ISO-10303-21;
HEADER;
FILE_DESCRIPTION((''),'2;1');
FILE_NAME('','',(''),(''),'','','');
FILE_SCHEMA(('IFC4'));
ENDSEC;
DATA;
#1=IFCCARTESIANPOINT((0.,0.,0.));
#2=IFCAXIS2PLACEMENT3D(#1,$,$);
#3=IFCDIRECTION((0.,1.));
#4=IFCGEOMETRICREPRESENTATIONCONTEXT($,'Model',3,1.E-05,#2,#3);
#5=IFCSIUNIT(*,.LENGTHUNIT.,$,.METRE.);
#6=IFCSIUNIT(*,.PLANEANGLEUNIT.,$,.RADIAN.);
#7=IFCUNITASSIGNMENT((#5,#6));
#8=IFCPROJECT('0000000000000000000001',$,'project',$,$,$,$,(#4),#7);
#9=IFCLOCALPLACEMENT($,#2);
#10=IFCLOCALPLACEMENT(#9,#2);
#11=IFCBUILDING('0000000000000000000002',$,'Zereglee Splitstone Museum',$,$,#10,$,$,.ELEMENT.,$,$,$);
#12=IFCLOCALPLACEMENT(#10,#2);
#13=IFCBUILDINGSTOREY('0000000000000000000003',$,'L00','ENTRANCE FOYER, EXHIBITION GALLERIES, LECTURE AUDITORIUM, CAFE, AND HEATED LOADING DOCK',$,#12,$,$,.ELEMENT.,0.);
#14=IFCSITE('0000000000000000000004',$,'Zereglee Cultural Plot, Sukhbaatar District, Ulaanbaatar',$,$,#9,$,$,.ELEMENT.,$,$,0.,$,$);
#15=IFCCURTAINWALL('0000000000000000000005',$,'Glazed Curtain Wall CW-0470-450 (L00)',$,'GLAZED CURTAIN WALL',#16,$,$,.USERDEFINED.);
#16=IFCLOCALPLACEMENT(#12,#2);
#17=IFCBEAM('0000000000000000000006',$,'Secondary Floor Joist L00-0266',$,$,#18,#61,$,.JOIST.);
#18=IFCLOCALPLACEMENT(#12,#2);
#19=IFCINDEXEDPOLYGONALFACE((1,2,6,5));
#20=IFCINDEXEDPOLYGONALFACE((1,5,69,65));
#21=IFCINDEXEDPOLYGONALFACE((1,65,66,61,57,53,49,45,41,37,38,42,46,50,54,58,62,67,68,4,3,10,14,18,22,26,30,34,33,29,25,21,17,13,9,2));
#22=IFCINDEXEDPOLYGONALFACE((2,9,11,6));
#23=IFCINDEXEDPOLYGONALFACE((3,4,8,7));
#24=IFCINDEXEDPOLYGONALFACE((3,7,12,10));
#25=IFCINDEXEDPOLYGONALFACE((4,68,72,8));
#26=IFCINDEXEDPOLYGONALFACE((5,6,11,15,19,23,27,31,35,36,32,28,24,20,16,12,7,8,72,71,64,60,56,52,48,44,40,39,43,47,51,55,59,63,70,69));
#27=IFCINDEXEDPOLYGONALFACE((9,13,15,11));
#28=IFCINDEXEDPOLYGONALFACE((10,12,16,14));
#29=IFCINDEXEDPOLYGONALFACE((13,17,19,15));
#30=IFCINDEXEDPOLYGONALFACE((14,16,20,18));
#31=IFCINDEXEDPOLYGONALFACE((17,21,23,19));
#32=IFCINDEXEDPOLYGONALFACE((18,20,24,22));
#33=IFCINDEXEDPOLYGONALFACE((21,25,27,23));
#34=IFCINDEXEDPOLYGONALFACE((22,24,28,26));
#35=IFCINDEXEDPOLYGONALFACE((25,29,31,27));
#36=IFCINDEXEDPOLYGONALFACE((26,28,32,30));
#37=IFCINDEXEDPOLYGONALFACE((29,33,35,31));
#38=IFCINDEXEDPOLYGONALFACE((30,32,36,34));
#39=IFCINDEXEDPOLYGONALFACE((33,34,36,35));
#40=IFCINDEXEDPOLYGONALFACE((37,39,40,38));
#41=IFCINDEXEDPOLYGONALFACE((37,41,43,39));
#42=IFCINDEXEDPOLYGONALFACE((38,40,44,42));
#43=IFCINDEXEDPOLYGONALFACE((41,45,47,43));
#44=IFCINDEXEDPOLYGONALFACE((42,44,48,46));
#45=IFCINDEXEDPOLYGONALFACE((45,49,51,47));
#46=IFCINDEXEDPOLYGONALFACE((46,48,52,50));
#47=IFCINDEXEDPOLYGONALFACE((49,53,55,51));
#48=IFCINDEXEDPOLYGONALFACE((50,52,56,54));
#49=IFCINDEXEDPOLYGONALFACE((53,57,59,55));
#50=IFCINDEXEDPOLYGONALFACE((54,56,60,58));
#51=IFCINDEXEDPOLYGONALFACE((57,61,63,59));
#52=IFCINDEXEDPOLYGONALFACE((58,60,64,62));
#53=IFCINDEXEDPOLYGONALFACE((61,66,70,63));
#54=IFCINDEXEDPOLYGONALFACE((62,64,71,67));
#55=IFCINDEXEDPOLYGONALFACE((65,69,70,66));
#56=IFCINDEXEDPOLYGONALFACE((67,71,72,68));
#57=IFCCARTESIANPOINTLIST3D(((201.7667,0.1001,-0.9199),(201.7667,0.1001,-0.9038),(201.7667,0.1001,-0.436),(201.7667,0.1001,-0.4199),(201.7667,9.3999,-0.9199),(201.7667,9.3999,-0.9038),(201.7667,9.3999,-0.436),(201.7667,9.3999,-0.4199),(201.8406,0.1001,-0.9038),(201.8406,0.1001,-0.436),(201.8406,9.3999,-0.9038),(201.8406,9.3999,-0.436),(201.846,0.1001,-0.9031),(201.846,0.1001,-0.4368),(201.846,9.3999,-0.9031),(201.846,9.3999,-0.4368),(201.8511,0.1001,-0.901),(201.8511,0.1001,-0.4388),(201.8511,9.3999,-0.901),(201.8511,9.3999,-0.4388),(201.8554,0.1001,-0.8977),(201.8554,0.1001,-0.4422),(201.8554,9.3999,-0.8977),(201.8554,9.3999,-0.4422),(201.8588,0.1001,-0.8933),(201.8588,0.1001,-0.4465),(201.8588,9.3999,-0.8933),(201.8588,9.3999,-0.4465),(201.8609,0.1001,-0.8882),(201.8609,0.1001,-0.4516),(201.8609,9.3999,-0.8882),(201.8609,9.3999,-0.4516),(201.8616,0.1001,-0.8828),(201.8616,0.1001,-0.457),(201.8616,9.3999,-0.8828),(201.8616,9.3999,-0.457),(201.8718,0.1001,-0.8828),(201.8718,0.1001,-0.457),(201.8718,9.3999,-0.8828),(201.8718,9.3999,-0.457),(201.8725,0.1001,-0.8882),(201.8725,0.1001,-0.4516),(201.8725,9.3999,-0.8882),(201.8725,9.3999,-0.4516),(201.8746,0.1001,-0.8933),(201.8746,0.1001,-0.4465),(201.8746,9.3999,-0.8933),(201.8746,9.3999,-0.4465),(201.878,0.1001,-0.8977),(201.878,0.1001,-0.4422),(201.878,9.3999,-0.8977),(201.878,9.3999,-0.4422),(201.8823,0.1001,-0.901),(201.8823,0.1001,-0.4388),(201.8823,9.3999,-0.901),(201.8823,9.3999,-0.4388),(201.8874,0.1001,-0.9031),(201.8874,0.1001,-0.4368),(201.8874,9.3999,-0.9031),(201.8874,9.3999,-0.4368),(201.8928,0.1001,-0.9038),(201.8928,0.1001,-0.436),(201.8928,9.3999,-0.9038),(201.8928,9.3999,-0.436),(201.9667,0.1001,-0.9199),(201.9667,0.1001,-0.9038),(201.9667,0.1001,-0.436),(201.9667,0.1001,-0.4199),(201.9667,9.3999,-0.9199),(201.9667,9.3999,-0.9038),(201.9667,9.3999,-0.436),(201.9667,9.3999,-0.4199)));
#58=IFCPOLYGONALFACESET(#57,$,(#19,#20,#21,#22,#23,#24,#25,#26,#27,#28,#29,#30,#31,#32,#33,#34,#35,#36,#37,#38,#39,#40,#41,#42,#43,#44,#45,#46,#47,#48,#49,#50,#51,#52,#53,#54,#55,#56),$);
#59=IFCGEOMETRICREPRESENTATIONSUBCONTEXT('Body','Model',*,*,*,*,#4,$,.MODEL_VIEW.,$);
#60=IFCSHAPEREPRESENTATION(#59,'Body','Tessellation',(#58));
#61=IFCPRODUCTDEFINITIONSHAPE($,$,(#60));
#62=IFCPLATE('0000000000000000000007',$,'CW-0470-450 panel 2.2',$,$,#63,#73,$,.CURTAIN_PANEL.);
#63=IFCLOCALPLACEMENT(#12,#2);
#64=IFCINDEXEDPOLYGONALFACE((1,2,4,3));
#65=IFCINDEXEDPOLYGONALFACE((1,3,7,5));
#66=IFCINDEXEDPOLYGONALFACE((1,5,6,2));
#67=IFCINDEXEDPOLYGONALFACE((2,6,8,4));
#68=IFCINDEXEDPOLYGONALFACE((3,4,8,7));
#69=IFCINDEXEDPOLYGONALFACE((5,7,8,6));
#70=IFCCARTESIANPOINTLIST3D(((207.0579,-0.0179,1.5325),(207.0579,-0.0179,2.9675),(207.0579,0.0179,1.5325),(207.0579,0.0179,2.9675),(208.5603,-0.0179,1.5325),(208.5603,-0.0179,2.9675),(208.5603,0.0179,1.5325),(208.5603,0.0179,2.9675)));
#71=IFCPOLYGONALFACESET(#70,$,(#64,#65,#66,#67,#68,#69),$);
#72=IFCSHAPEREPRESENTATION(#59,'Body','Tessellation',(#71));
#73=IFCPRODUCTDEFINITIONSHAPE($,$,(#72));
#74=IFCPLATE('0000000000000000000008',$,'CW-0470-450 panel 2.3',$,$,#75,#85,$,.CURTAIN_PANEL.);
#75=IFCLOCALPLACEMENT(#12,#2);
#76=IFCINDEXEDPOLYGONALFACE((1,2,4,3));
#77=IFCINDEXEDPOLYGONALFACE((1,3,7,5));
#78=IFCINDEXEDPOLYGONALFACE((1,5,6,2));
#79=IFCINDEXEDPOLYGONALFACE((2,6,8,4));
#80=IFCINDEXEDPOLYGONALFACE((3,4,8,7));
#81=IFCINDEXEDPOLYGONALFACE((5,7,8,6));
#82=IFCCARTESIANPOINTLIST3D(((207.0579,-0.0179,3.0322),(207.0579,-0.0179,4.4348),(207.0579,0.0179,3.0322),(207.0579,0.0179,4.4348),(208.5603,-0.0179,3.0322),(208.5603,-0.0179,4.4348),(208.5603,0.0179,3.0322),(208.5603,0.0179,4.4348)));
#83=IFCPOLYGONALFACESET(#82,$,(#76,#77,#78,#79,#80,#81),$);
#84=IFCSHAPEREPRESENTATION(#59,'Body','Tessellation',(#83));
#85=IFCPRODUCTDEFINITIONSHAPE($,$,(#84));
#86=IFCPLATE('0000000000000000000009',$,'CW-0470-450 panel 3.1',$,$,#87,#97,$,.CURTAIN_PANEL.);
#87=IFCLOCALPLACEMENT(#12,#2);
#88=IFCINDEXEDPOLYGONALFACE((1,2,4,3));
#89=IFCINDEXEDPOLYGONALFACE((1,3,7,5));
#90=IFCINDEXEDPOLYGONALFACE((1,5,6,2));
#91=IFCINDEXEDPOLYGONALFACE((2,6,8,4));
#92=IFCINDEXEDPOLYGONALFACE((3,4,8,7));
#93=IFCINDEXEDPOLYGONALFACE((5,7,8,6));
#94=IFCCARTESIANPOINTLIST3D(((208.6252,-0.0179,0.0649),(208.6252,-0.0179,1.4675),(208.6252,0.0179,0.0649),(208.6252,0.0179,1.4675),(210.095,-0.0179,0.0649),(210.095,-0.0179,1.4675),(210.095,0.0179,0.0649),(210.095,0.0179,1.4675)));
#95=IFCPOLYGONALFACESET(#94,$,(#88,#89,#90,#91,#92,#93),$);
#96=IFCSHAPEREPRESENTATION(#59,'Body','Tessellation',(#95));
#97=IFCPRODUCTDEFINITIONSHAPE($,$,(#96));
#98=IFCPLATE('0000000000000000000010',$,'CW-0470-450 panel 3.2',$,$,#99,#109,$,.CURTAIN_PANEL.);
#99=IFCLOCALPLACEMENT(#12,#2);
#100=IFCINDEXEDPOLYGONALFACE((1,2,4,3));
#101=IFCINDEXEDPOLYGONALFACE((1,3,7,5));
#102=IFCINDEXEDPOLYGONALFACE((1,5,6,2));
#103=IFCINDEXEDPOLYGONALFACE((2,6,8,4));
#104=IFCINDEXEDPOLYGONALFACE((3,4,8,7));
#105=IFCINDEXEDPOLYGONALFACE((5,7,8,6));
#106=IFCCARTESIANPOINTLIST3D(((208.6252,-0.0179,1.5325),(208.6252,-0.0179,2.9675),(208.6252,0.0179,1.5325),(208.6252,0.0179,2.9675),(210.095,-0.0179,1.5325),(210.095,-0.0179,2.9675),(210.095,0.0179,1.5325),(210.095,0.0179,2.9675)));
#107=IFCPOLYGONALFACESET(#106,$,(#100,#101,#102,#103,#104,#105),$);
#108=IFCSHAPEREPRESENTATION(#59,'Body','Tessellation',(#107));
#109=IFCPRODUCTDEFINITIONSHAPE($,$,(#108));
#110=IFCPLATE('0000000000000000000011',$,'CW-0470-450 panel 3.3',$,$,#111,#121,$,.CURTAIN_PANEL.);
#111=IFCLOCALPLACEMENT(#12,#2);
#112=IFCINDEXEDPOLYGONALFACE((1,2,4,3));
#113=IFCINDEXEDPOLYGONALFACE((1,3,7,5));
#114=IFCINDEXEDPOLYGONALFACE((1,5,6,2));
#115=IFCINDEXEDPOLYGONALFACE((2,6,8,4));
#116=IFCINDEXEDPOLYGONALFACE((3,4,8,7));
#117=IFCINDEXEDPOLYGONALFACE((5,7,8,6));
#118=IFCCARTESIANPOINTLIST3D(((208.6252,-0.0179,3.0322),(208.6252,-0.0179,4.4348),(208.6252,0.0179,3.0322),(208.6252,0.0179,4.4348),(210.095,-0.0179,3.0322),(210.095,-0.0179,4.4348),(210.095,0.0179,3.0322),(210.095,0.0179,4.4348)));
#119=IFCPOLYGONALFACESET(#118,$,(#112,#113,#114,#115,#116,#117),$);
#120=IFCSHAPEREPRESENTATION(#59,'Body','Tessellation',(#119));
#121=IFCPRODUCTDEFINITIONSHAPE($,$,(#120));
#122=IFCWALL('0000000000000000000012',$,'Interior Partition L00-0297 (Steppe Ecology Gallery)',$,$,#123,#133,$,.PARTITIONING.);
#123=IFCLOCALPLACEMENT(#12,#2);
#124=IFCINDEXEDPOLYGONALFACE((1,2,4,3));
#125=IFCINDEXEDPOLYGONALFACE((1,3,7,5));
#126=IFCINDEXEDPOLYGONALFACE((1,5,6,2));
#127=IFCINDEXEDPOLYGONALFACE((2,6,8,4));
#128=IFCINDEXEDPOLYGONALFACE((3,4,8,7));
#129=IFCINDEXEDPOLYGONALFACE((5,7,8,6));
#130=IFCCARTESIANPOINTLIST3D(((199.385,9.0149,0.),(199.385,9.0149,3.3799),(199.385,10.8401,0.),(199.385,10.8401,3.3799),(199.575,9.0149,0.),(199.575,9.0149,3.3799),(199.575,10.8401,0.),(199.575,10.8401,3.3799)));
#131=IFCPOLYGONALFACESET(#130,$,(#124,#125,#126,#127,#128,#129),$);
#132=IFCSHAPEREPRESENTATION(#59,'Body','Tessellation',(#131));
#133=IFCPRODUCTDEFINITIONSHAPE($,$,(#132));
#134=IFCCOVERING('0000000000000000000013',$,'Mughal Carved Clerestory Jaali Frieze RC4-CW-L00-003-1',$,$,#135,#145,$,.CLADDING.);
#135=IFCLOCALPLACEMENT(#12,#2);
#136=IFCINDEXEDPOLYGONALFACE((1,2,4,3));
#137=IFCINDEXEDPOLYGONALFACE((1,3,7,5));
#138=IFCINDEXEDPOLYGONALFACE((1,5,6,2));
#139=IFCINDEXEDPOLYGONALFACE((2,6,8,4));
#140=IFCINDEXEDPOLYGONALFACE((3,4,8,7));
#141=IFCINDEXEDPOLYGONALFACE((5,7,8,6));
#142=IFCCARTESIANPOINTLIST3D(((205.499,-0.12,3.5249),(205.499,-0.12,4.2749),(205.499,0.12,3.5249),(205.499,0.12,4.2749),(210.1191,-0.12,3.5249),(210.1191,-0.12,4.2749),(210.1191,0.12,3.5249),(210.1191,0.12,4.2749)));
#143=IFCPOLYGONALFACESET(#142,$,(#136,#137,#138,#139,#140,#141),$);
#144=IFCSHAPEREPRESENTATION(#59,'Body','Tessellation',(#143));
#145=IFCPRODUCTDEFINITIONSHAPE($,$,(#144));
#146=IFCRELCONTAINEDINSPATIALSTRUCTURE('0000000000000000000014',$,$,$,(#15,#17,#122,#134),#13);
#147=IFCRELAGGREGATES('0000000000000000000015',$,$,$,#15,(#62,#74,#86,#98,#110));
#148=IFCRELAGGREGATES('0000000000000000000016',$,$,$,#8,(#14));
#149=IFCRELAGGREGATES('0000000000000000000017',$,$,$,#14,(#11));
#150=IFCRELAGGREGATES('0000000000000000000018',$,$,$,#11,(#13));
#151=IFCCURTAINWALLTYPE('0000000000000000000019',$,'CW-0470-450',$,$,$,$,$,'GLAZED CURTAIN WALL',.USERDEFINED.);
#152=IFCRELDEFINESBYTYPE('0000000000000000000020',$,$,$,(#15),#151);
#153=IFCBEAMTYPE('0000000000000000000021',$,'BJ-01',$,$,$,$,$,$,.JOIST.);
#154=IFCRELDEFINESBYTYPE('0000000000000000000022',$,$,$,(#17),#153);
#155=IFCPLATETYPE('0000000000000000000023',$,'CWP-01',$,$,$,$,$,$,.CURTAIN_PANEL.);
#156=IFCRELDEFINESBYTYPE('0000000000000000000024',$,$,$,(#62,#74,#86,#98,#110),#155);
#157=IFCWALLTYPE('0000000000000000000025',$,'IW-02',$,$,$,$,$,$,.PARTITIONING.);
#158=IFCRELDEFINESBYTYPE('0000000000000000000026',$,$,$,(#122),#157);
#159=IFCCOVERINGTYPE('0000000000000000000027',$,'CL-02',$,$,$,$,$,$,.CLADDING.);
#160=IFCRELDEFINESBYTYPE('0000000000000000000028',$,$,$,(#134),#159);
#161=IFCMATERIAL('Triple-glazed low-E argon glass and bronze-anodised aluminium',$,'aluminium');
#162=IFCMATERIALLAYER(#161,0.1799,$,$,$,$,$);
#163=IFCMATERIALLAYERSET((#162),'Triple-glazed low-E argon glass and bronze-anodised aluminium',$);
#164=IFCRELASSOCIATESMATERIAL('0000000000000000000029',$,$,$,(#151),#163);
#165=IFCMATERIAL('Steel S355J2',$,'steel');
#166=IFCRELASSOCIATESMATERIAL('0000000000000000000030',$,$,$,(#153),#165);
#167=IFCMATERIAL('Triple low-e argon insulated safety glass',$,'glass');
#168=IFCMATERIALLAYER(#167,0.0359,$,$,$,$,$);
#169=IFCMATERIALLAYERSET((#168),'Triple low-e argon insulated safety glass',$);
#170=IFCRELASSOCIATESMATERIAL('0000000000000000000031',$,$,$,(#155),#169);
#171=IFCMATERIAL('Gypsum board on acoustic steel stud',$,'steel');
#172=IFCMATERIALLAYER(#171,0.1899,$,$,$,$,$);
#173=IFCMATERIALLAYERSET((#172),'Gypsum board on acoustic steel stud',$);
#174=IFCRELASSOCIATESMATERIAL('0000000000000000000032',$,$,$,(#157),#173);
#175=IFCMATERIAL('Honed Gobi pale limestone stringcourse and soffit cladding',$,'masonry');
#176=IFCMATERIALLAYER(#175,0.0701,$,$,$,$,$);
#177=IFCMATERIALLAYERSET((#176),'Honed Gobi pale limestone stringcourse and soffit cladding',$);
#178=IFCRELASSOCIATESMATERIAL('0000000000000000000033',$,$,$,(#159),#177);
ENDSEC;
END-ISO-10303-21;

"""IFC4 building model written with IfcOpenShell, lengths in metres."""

from ifc_helpers import new_model, si_unit, direction, frame, frame_2d, origin, origin_2d, place, context, subcontext, project, spatial, rectangle, i_section, extrude, material, layer, layer_set, material_profile, profile_set, type_object, element, aggregate, save


model = new_model("IFC4")

# Units and contexts
model_context = context("Model", 3, precision=1e-05, world=origin(), true_north=direction((0.0, 1.0)))
body_context = subcontext(model_context, "Body", "Model", "MODEL_VIEW")
ifc_project = project(units=[si_unit("LENGTHUNIT", "METRE"), si_unit("PLANEANGLEUNIT", "RADIAN")], contexts=[model_context])

# Site, building, storey
site_placement = place(None, origin())
site = spatial("IfcSite", under=ifc_project, at=site_placement, Name="Zereglee Cultural Plot, Sukhbaatar District, Ulaanbaatar", CompositionType="ELEMENT", RefElevation=0.0)
building_placement = place(site_placement, origin())
building = spatial("IfcBuilding", under=site, at=building_placement, Name="Zereglee Splitstone Museum", CompositionType="ELEMENT")
storey_placement = place(building_placement, origin())
storey = spatial("IfcBuildingStorey", under=building, at=storey_placement, Name="L00", Description="ENTRANCE FOYER, EXHIBITION GALLERIES, LECTURE AUDITORIUM, CAFE, AND HEATED LOADING DOCK", CompositionType="ELEMENT", Elevation=0.0)

# Curtain wall
ifc_material_1 = material(Name="Triple-glazed low-E argon glass and bronze-anodised aluminium", Category="aluminium")
ifc_layer_1 = layer(ifc_material_1, 0.1799)
ifc_layer_set_1 = layer_set([ifc_layer_1], Name="Triple-glazed low-E argon glass and bronze-anodised aluminium")
curtain_wall_type_1 = type_object("IfcCurtainWallType", Name="CW-0470-450", ElementType="GLAZED CURTAIN WALL", PredefinedType="USERDEFINED", material=ifc_layer_set_1)
curtain_wall_1_placement = place(storey_placement, origin())
curtain_wall_1 = element("IfcCurtainWall", 1, at=curtain_wall_1_placement, inside=storey, type_object=curtain_wall_type_1, Name="Glazed Curtain Wall CW-0470-450 (L00)", ObjectType="GLAZED CURTAIN WALL", PredefinedType="USERDEFINED")

# Beam
ifc_material_2 = material(Name="Steel S355J2", Category="steel")
ifc_material_profile_1 = material_profile(ifc_material_2, i_section(OverallWidth=0.2, OverallDepth=0.5, WebThickness=0.0103, FlangeThickness=0.0161, FilletRadius=0.021, at=origin_2d()), Name="IPE 500")
ifc_profile_set_1 = profile_set([ifc_material_profile_1], Name="Steel S355J2")
beam_type_1 = type_object("IfcBeamType", Name="BJ-01", PredefinedType="JOIST", material=ifc_profile_set_1)
beam_1_placement = place(storey_placement, frame((201.8667, 0.1001, -0.6699), z_axis=(0.0, 1.0, 0.0), x_axis=(-1.0, 0.0, 0.0)))
element("IfcBeam", 2, at=beam_1_placement, inside=storey, type_object=beam_type_1, Name="Secondary Floor Joist L00-0266", PredefinedType="JOIST", context=body_context, shape_type="SweptSolid", body=[
    extrude(i_section(OverallWidth=0.2, OverallDepth=0.5, WebThickness=0.0103, FlangeThickness=0.0161, FilletRadius=0.021, at=origin_2d()), origin(), (0.0, 0.0, 1.0), 9.2998),
])

# Plates
ifc_material_3 = material(Name="Triple low-e argon insulated safety glass", Category="glass")
ifc_layer_2 = layer(ifc_material_3, 0.0359)
ifc_layer_set_2 = layer_set([ifc_layer_2], Name="Triple low-e argon insulated safety glass")
plate_type = type_object("IfcPlateType", Name="CWP-01", PredefinedType="CURTAIN_PANEL", material=ifc_layer_set_2)
plate_1_placement = place(storey_placement, frame((207.8091, 0.0, 1.5325), z_axis=(0.0, 0.0, 1.0), x_axis=(1.0, 0.0, 0.0)))
plate_1 = element("IfcPlate", 3, at=plate_1_placement, type_object=plate_type, Name="CW-0470-450 panel 2.2", PredefinedType="CURTAIN_PANEL", context=body_context, shape_type="SweptSolid", body=[
    extrude(rectangle(XDim=1.5024, YDim=0.0359, at=origin_2d()), origin(), (0.0, 0.0, 1.0), 1.4351),
])
plate_2_placement = place(storey_placement, frame((207.8091, 0.0, 3.0322), z_axis=(0.0, 0.0, 1.0), x_axis=(1.0, 0.0, 0.0)))
plate_2 = element("IfcPlate", 4, at=plate_2_placement, type_object=plate_type, Name="CW-0470-450 panel 2.3", PredefinedType="CURTAIN_PANEL", context=body_context, shape_type="SweptSolid", body=[
    extrude(rectangle(XDim=1.5024, YDim=0.0359, at=origin_2d()), origin(), (0.0, 0.0, 1.0), 1.4026),
])
plate_3_placement = place(storey_placement, frame((209.3601, 0.0, 0.0649), z_axis=(0.0, 0.0, 1.0), x_axis=(1.0, 0.0, 0.0)))
plate_3 = element("IfcPlate", 5, at=plate_3_placement, type_object=plate_type, Name="CW-0470-450 panel 3.1", PredefinedType="CURTAIN_PANEL", context=body_context, shape_type="SweptSolid", body=[
    extrude(rectangle(XDim=1.4697, YDim=0.0359, at=origin_2d()), origin(), (0.0, 0.0, 1.0), 1.4026),
])
plate_4_placement = place(storey_placement, frame((209.3601, 0.0, 1.5325), z_axis=(0.0, 0.0, 1.0), x_axis=(1.0, 0.0, 0.0)))
plate_4 = element("IfcPlate", 6, at=plate_4_placement, type_object=plate_type, Name="CW-0470-450 panel 3.2", PredefinedType="CURTAIN_PANEL", context=body_context, shape_type="SweptSolid", body=[
    extrude(rectangle(XDim=1.4697, YDim=0.0359, at=origin_2d()), origin(), (0.0, 0.0, 1.0), 1.4351),
])
plate_5_placement = place(storey_placement, frame((209.3601, 0.0, 3.0322), z_axis=(0.0, 0.0, 1.0), x_axis=(1.0, 0.0, 0.0)))
plate_5 = element("IfcPlate", 7, at=plate_5_placement, type_object=plate_type, Name="CW-0470-450 panel 3.3", PredefinedType="CURTAIN_PANEL", context=body_context, shape_type="SweptSolid", body=[
    extrude(rectangle(XDim=1.4697, YDim=0.0359, at=origin_2d()), origin(), (0.0, 0.0, 1.0), 1.4026),
])
aggregate(curtain_wall_1, [plate_1, plate_2, plate_3, plate_4, plate_5])

# Wall
ifc_material_4 = material(Name="Gypsum board on acoustic steel stud", Category="steel")
ifc_layer_3 = layer(ifc_material_4, 0.1899)
ifc_layer_set_3 = layer_set([ifc_layer_3], Name="Gypsum board on acoustic steel stud")
wall_type = type_object("IfcWallType", Name="IW-02", PredefinedType="PARTITIONING", material=ifc_layer_set_3)
wall_placement = place(storey_placement, frame((199.48, 9.0149, 0.0), z_axis=(0.0, 0.0, 1.0), x_axis=(0.0, 1.0, 0.0)))
element("IfcWall", 8, at=wall_placement, inside=storey, type_object=wall_type, Name="Interior Partition L00-0297 (Steppe Ecology Gallery)", PredefinedType="PARTITIONING", context=body_context, shape_type="SweptSolid", body=[
    extrude(rectangle(XDim=1.8252, YDim=0.1899, at=frame_2d((0.9126, 0.0))), origin(), (0.0, 0.0, 1.0), 3.3799),
])

# Covering
ifc_material_5 = material(Name="Honed Gobi pale limestone stringcourse and soffit cladding", Category="masonry")
ifc_layer_4 = layer(ifc_material_5, 0.0701)
ifc_layer_set_4 = layer_set([ifc_layer_4], Name="Honed Gobi pale limestone stringcourse and soffit cladding")
covering_type = type_object("IfcCoveringType", Name="CL-02", PredefinedType="CLADDING", material=ifc_layer_set_4)
covering_placement = place(storey_placement, frame((207.8091, 0.0, 3.5249), z_axis=(0.0, 0.0, 1.0), x_axis=(1.0, 0.0, 0.0)))
element("IfcCovering", 9, at=covering_placement, inside=storey, type_object=covering_type, Name="Mughal Carved Clerestory Jaali Frieze RC4-CW-L00-003-1", PredefinedType="CLADDING", context=body_context, shape_type="SweptSolid", body=[
    extrude(rectangle(XDim=4.6201, YDim=0.24, at=origin_2d()), origin(), (0.0, 0.0, 1.0), 0.75),
])

save(model, "model.ifc")
